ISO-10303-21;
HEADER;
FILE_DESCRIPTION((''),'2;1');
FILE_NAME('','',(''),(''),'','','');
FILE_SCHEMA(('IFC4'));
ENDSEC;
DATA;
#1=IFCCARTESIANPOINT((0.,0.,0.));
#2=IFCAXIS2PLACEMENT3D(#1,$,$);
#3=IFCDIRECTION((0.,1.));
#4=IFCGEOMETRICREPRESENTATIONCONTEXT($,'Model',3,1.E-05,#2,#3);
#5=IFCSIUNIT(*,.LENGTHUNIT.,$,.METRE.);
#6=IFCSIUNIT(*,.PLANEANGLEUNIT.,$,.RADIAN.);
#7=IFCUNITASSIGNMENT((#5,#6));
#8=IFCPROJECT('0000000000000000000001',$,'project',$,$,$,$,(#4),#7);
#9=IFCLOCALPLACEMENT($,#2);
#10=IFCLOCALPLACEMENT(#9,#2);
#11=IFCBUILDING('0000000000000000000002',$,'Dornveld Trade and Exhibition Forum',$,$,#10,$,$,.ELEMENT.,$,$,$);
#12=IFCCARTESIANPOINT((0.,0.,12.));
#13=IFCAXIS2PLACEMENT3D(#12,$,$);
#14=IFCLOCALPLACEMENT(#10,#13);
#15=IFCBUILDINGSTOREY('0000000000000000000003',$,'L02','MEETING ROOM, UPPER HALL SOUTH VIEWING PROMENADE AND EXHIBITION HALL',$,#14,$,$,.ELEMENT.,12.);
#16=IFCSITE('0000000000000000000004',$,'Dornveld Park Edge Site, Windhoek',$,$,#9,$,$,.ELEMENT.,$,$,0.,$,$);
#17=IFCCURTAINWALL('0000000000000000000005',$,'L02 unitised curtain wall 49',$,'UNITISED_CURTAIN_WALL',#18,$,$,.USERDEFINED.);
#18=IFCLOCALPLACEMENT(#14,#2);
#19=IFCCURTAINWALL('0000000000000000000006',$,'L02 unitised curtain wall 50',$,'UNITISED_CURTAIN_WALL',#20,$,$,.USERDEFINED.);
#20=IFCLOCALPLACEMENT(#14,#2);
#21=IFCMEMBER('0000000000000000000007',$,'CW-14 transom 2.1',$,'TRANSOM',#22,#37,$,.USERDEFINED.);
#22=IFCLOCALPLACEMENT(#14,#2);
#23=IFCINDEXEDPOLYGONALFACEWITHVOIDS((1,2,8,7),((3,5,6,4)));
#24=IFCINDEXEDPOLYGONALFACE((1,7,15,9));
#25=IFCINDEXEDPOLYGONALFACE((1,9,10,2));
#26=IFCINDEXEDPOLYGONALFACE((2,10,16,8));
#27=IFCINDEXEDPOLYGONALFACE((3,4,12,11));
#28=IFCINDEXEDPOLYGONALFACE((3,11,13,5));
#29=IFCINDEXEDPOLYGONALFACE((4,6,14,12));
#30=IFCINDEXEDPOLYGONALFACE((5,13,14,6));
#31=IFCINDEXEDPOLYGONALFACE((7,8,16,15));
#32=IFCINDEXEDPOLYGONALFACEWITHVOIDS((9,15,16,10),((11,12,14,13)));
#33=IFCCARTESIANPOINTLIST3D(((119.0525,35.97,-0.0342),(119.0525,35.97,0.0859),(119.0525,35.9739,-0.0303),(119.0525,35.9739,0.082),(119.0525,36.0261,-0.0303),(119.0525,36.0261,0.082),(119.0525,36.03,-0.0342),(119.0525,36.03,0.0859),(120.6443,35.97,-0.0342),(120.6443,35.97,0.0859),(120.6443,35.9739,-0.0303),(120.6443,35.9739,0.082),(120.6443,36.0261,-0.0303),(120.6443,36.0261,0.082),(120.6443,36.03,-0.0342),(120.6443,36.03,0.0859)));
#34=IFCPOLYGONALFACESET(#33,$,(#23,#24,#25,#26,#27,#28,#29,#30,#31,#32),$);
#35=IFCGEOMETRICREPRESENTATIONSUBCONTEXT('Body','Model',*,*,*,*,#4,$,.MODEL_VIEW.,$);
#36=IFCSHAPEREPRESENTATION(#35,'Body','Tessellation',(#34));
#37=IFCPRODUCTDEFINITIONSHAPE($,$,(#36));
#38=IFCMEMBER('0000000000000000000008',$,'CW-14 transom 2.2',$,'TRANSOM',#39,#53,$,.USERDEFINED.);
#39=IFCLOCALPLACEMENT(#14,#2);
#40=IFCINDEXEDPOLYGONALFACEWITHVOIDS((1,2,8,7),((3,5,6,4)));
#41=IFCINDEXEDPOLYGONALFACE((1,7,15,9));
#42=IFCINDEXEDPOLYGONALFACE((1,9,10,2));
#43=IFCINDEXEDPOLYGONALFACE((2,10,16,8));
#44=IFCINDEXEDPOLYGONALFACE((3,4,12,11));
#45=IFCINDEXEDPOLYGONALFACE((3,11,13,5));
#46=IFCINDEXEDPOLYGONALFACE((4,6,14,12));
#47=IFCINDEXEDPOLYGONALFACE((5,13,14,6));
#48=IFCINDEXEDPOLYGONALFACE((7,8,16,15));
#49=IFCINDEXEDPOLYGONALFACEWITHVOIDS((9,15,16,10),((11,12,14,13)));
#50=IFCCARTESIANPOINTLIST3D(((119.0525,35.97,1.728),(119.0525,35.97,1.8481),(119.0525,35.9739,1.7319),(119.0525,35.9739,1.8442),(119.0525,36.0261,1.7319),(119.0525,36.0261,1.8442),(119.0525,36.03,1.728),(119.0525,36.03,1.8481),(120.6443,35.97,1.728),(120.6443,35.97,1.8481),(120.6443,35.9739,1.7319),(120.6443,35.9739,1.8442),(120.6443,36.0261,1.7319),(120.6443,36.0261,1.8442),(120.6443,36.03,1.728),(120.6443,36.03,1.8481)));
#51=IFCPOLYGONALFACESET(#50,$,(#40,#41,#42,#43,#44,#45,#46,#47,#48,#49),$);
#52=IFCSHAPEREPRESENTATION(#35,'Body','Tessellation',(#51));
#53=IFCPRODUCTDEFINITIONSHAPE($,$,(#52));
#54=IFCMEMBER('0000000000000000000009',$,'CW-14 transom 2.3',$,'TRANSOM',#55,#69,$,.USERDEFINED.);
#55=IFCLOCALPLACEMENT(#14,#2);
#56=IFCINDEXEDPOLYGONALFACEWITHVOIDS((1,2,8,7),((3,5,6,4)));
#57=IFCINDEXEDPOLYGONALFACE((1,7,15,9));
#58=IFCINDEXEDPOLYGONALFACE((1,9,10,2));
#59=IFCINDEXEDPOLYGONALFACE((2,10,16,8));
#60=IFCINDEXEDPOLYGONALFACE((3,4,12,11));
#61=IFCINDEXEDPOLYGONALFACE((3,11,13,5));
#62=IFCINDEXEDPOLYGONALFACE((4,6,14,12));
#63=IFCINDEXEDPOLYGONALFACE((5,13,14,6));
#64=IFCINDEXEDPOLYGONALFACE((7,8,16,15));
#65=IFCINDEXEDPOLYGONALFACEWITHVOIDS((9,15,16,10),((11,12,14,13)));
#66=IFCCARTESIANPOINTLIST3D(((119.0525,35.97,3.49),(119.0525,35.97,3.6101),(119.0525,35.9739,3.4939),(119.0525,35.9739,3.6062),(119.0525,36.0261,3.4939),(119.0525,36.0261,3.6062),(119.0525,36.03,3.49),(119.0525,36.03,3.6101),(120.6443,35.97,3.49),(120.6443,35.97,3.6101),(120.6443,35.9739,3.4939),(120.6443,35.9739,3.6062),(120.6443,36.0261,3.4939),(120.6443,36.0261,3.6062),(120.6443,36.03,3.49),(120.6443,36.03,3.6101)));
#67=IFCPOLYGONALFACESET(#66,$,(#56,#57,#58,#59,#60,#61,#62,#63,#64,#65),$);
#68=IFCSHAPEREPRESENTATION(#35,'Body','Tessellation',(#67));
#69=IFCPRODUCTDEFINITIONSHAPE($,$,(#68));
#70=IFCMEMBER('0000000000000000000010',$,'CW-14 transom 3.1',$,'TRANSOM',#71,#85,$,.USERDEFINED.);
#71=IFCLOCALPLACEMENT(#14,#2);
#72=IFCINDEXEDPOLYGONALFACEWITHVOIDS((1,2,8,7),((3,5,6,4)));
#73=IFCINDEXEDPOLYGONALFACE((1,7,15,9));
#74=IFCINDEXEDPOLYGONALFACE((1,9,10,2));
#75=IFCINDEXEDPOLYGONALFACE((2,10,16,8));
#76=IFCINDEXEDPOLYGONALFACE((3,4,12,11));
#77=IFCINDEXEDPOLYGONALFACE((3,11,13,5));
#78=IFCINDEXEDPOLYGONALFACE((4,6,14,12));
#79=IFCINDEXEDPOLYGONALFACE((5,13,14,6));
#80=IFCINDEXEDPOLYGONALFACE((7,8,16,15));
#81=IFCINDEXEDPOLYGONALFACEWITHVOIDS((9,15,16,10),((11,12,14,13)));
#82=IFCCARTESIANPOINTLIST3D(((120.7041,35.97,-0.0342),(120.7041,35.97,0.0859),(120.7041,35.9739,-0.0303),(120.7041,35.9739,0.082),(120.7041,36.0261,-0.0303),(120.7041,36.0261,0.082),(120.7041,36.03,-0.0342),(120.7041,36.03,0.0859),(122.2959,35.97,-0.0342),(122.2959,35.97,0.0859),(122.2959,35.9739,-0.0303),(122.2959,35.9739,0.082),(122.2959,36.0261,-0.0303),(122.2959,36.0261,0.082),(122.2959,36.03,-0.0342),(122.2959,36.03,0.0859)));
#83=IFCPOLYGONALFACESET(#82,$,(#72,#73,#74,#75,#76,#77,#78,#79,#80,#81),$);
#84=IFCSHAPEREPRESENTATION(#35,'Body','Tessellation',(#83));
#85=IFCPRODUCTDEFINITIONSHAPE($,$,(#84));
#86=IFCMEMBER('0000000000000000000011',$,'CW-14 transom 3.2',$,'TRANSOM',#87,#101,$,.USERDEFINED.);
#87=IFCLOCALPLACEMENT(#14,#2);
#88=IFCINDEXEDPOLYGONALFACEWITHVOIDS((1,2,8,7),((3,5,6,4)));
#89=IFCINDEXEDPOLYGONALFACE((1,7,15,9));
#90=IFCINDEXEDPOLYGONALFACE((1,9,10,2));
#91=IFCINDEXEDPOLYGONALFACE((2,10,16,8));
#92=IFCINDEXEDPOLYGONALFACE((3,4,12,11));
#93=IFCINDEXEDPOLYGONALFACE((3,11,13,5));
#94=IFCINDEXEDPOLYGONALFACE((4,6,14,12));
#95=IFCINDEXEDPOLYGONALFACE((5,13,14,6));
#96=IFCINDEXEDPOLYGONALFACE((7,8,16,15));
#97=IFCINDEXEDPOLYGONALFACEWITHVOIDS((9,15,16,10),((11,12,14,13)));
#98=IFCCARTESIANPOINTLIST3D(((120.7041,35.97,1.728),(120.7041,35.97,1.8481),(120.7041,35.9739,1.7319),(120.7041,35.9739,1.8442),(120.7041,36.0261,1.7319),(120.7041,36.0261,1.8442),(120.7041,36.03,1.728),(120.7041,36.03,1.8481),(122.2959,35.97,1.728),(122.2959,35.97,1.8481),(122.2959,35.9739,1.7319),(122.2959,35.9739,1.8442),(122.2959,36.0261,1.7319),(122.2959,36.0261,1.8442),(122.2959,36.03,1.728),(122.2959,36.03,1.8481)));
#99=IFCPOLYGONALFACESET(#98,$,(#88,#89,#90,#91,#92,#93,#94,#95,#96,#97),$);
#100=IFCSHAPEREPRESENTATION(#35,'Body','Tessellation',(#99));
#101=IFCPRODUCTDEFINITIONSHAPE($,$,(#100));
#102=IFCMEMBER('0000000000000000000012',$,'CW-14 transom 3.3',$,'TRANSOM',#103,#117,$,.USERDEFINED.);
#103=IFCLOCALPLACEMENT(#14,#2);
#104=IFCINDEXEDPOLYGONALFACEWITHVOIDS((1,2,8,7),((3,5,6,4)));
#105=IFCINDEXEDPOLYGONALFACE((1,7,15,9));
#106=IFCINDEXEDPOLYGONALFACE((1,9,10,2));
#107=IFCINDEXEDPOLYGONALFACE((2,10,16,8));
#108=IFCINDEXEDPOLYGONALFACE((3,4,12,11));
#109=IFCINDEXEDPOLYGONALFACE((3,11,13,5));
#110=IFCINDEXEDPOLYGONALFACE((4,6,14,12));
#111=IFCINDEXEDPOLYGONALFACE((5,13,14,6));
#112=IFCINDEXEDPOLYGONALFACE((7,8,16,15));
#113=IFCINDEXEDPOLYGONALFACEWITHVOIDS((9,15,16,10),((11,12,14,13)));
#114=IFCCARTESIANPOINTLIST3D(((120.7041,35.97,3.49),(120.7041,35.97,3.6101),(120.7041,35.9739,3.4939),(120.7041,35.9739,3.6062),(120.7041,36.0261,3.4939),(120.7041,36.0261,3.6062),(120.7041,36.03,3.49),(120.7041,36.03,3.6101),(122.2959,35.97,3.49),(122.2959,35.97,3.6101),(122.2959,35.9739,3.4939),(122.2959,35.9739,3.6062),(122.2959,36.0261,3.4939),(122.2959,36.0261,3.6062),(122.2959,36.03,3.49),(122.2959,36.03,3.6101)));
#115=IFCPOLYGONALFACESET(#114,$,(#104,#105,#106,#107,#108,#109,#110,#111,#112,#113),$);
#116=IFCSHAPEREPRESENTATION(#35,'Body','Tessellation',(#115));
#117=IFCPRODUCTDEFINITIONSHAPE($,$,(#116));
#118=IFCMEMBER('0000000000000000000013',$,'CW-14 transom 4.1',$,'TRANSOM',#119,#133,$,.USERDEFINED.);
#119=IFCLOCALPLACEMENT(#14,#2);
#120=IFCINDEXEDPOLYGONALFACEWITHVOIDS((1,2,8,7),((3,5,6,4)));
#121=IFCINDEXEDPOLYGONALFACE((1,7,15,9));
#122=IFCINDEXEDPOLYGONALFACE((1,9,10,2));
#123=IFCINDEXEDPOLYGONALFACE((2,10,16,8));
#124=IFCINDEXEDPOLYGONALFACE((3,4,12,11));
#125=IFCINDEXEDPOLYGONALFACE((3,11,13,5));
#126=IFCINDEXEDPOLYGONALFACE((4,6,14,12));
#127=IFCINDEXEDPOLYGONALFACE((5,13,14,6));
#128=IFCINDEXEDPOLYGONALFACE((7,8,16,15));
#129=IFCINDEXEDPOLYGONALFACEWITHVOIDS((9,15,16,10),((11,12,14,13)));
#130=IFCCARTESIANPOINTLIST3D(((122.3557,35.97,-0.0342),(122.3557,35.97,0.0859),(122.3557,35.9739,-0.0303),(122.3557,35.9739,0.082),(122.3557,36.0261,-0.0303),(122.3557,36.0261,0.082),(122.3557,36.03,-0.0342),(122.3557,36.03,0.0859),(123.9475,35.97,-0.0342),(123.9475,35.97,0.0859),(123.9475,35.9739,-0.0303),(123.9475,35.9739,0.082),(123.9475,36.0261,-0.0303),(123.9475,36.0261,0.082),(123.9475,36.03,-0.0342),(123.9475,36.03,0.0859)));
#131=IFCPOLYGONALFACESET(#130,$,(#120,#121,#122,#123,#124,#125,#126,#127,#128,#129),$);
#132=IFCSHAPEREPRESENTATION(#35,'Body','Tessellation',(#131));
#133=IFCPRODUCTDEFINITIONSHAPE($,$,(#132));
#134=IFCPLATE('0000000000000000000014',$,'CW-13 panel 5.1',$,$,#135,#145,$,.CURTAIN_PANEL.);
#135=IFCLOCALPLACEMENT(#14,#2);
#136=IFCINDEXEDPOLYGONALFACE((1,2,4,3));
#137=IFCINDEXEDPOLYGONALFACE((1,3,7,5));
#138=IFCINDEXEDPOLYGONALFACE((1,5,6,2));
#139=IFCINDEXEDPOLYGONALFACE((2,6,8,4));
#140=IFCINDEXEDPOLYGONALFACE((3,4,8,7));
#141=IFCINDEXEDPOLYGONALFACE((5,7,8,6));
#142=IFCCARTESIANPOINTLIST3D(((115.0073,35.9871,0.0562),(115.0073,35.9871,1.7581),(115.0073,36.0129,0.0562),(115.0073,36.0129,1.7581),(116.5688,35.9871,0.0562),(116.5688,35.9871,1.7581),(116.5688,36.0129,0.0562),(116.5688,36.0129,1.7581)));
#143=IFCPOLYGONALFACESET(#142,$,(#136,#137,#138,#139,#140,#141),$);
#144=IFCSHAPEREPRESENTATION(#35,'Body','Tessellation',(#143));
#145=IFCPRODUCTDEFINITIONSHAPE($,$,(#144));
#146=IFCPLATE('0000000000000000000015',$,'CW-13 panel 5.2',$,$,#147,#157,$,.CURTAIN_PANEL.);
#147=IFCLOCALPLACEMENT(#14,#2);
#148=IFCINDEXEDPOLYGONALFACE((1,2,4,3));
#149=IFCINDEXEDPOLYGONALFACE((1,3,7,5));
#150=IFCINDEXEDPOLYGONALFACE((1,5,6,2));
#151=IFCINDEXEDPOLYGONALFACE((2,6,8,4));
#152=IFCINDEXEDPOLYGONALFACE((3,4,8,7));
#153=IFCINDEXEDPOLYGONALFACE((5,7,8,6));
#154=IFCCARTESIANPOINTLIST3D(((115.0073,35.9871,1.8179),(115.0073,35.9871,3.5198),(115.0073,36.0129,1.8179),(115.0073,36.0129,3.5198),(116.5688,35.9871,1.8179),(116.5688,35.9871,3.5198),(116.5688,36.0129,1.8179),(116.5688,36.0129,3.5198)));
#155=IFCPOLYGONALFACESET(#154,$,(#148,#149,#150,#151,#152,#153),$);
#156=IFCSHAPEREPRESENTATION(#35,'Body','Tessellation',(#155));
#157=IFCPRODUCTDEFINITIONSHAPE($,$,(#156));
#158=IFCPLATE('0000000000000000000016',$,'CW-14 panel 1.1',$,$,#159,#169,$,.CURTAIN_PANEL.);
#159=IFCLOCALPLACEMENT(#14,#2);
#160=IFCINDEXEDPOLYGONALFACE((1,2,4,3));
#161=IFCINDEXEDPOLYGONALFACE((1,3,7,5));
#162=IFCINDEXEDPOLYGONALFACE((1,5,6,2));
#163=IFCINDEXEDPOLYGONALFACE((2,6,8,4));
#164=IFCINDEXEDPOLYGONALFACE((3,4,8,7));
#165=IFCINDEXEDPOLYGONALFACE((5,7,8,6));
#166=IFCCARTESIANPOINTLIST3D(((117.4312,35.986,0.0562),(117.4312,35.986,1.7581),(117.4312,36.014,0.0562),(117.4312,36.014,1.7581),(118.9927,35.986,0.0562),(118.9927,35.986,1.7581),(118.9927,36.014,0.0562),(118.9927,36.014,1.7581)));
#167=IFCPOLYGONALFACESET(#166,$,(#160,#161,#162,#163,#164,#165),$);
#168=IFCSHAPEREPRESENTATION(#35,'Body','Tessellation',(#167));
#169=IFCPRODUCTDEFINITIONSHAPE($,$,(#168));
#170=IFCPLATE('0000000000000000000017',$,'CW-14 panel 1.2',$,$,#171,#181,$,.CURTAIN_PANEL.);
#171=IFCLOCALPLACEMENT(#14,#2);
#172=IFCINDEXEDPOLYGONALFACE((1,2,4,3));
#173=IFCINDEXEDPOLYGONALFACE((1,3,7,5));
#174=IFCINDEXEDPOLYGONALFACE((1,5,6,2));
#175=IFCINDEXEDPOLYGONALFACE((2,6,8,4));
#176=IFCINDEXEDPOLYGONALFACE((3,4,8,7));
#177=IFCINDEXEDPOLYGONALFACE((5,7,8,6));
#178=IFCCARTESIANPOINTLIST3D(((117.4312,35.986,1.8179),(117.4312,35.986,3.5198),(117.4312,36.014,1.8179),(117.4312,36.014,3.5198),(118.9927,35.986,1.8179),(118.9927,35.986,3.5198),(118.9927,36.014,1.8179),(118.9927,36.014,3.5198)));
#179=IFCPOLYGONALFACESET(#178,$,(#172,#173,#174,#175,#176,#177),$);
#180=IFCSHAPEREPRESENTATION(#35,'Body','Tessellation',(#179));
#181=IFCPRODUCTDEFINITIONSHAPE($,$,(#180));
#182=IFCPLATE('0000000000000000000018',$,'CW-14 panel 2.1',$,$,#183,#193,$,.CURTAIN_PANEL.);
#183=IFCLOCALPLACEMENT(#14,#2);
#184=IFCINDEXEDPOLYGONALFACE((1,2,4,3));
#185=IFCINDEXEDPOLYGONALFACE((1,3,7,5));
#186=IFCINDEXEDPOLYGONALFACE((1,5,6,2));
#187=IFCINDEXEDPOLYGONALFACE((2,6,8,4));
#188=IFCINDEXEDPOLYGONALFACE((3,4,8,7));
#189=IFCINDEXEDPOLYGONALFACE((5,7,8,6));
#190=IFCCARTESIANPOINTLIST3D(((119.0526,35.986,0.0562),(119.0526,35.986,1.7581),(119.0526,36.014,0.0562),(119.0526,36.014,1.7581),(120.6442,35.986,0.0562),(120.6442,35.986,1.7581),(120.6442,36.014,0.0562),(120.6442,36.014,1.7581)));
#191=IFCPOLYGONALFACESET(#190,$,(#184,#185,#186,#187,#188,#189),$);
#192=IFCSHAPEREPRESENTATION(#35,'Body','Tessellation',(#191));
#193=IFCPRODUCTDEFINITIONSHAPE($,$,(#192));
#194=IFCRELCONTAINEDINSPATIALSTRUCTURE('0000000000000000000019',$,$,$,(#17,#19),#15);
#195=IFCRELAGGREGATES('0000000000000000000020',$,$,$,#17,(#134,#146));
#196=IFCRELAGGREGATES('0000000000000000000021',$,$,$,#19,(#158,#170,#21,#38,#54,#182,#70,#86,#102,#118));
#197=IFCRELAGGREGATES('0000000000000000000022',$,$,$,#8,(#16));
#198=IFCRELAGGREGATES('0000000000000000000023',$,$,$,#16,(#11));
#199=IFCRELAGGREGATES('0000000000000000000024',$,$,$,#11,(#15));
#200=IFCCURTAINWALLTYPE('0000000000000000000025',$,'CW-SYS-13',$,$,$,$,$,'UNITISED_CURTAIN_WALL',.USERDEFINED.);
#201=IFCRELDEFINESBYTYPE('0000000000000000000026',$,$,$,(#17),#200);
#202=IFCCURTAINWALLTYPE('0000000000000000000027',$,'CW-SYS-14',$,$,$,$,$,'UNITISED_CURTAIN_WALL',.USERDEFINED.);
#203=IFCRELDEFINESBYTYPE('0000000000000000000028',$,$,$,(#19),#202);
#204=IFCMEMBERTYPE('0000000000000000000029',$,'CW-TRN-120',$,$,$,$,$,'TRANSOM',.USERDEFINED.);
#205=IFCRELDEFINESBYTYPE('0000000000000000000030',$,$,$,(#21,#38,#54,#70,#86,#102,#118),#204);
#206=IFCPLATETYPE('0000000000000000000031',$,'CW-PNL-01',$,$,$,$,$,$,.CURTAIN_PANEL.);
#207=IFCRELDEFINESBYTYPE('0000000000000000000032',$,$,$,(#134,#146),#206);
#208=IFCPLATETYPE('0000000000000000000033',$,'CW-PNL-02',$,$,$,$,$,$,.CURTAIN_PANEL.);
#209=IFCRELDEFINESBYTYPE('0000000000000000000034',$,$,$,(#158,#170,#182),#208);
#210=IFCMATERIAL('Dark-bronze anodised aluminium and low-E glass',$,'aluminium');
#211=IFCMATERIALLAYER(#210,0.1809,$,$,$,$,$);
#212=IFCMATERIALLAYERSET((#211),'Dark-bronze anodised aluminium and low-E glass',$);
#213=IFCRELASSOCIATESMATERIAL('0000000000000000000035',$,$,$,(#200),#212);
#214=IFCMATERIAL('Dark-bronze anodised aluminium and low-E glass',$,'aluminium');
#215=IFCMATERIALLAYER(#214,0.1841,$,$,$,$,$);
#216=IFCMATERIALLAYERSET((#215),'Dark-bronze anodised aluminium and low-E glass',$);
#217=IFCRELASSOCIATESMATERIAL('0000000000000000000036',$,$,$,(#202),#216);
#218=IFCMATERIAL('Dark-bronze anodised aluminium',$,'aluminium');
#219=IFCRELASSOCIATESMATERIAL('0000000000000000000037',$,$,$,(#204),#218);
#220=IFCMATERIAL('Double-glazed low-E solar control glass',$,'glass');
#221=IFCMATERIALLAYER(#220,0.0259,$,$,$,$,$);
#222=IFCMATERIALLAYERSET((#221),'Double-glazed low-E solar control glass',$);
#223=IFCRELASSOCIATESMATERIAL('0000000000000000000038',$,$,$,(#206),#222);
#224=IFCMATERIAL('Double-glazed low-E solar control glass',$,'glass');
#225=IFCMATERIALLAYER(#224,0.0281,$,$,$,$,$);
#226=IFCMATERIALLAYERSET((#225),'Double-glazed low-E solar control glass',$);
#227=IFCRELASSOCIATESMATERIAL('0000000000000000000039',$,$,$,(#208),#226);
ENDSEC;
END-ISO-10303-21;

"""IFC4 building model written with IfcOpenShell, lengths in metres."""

from ifc_helpers import new_model, si_unit, direction, frame, origin, origin_2d, place, context, subcontext, project, spatial, rectangle, hollow_rectangle, extrude, material, layer, layer_set, material_profile, profile_set, type_object, element, aggregate, save


model = new_model("IFC4")

# Units and contexts
model_context = context("Model", 3, precision=1e-05, world=origin(), true_north=direction((0.0, 1.0)))
body_context = subcontext(model_context, "Body", "Model", "MODEL_VIEW")
ifc_project = project(units=[si_unit("LENGTHUNIT", "METRE"), si_unit("PLANEANGLEUNIT", "RADIAN")], contexts=[model_context])

# Site, building, storey
site_placement = place(None, origin())
site = spatial("IfcSite", under=ifc_project, at=site_placement, Name="Dornveld Park Edge Site, Windhoek", CompositionType="ELEMENT", RefElevation=0.0)
building_placement = place(site_placement, origin())
building = spatial("IfcBuilding", under=site, at=building_placement, Name="Dornveld Trade and Exhibition Forum", CompositionType="ELEMENT")
storey_placement = place(building_placement, frame((0.0, 0.0, 12.0)))
storey = spatial("IfcBuildingStorey", under=building, at=storey_placement, Name="L02", Description="MEETING ROOM, UPPER HALL SOUTH VIEWING PROMENADE AND EXHIBITION HALL", CompositionType="ELEMENT", Elevation=12.0)

# Curtain wall
ifc_material_1 = material(Name="Dark-bronze anodised aluminium and low-E glass", Category="aluminium")
ifc_layer_1 = layer(ifc_material_1, 0.1809)
ifc_layer_set_1 = layer_set([ifc_layer_1], Name="Dark-bronze anodised aluminium and low-E glass")
curtain_wall_type_1 = type_object("IfcCurtainWallType", Name="CW-SYS-13", ElementType="UNITISED_CURTAIN_WALL", PredefinedType="USERDEFINED", material=ifc_layer_set_1)
curtain_wall_1_placement = place(storey_placement, origin())
curtain_wall_1 = element("IfcCurtainWall", 1, at=curtain_wall_1_placement, inside=storey, type_object=curtain_wall_type_1, Name="L02 unitised curtain wall 49", ObjectType="UNITISED_CURTAIN_WALL", PredefinedType="USERDEFINED")

# Curtain wall
ifc_material_2 = material(Name="Dark-bronze anodised aluminium and low-E glass", Category="aluminium")
ifc_layer_2 = layer(ifc_material_2, 0.1841)
ifc_layer_set_2 = layer_set([ifc_layer_2], Name="Dark-bronze anodised aluminium and low-E glass")
curtain_wall_type_2 = type_object("IfcCurtainWallType", Name="CW-SYS-14", ElementType="UNITISED_CURTAIN_WALL", PredefinedType="USERDEFINED", material=ifc_layer_set_2)
curtain_wall_2_placement = place(storey_placement, origin())
curtain_wall_2 = element("IfcCurtainWall", 2, at=curtain_wall_2_placement, inside=storey, type_object=curtain_wall_type_2, Name="L02 unitised curtain wall 50", ObjectType="UNITISED_CURTAIN_WALL", PredefinedType="USERDEFINED")

# Members
ifc_material_3 = material(Name="Dark-bronze anodised aluminium", Category="aluminium")
ifc_material_profile_1 = material_profile(ifc_material_3, hollow_rectangle(XDim=0.0601, YDim=0.1201, WallThickness=0.0039, at=origin_2d()), Name="RHS 120x60x4")
ifc_profile_set_1 = profile_set([ifc_material_profile_1], Name="Dark-bronze anodised aluminium")
member_type_1 = type_object("IfcMemberType", Name="CW-TRN-120", ElementType="TRANSOM", PredefinedType="USERDEFINED", material=ifc_profile_set_1)
member_1_placement = place(storey_placement, frame((119.0525, 36.0, 0.0259), z_axis=(1.0, 0.0, 0.0), x_axis=(0.0, 1.0, 0.0)))
member_1 = element("IfcMember", 3, at=member_1_placement, type_object=member_type_1, Name="CW-14 transom 2.1", ObjectType="TRANSOM", PredefinedType="USERDEFINED", context=body_context, shape_type="SweptSolid", body=[
    extrude(hollow_rectangle(XDim=0.0601, YDim=0.1201, WallThickness=0.0039, at=origin_2d()), origin(), (0.0, 0.0, 1.0), 1.5918),
])
member_2_placement = place(storey_placement, frame((119.0525, 36.0, 1.7881), z_axis=(1.0, 0.0, 0.0), x_axis=(0.0, 1.0, 0.0)))
member_2 = element("IfcMember", 4, at=member_2_placement, type_object=member_type_1, Name="CW-14 transom 2.2", ObjectType="TRANSOM", PredefinedType="USERDEFINED", context=body_context, shape_type="SweptSolid", body=[
    extrude(hollow_rectangle(XDim=0.0601, YDim=0.1201, WallThickness=0.0039, at=origin_2d()), origin(), (0.0, 0.0, 1.0), 1.5918),
])
member_3_placement = place(storey_placement, frame((119.0525, 36.0, 3.55), z_axis=(1.0, 0.0, 0.0), x_axis=(0.0, 1.0, 0.0)))
member_3 = element("IfcMember", 5, at=member_3_placement, type_object=member_type_1, Name="CW-14 transom 2.3", ObjectType="TRANSOM", PredefinedType="USERDEFINED", context=body_context, shape_type="SweptSolid", body=[
    extrude(hollow_rectangle(XDim=0.0601, YDim=0.1201, WallThickness=0.0039, at=origin_2d()), origin(), (0.0, 0.0, 1.0), 1.5918),
])
member_4_placement = place(storey_placement, frame((120.7041, 36.0, 0.0259), z_axis=(1.0, 0.0, 0.0), x_axis=(0.0, 1.0, 0.0)))
member_4 = element("IfcMember", 6, at=member_4_placement, type_object=member_type_1, Name="CW-14 transom 3.1", ObjectType="TRANSOM", PredefinedType="USERDEFINED", context=body_context, shape_type="SweptSolid", body=[
    extrude(hollow_rectangle(XDim=0.0601, YDim=0.1201, WallThickness=0.0039, at=origin_2d()), origin(), (0.0, 0.0, 1.0), 1.5918),
])
member_5_placement = place(storey_placement, frame((120.7041, 36.0, 1.7881), z_axis=(1.0, 0.0, 0.0), x_axis=(0.0, 1.0, 0.0)))
member_5 = element("IfcMember", 7, at=member_5_placement, type_object=member_type_1, Name="CW-14 transom 3.2", ObjectType="TRANSOM", PredefinedType="USERDEFINED", context=body_context, shape_type="SweptSolid", body=[
    extrude(hollow_rectangle(XDim=0.0601, YDim=0.1201, WallThickness=0.0039, at=origin_2d()), origin(), (0.0, 0.0, 1.0), 1.5918),
])
member_6_placement = place(storey_placement, frame((120.7041, 36.0, 3.55), z_axis=(1.0, 0.0, 0.0), x_axis=(0.0, 1.0, 0.0)))
member_6 = element("IfcMember", 8, at=member_6_placement, type_object=member_type_1, Name="CW-14 transom 3.3", ObjectType="TRANSOM", PredefinedType="USERDEFINED", context=body_context, shape_type="SweptSolid", body=[
    extrude(hollow_rectangle(XDim=0.0601, YDim=0.1201, WallThickness=0.0039, at=origin_2d()), origin(), (0.0, 0.0, 1.0), 1.5918),
])
member_7_placement = place(storey_placement, frame((122.3557, 36.0, 0.0259), z_axis=(1.0, 0.0, 0.0), x_axis=(0.0, 1.0, 0.0)))
member_7 = element("IfcMember", 9, at=member_7_placement, type_object=member_type_1, Name="CW-14 transom 4.1", ObjectType="TRANSOM", PredefinedType="USERDEFINED", context=body_context, shape_type="SweptSolid", body=[
    extrude(hollow_rectangle(XDim=0.0601, YDim=0.1201, WallThickness=0.0039, at=origin_2d()), origin(), (0.0, 0.0, 1.0), 1.5918),
])

# Plates
ifc_material_4 = material(Name="Double-glazed low-E solar control glass", Category="glass")
ifc_layer_3 = layer(ifc_material_4, 0.0259)
ifc_layer_set_3 = layer_set([ifc_layer_3], Name="Double-glazed low-E solar control glass")
plate_type_1 = type_object("IfcPlateType", Name="CW-PNL-01", PredefinedType="CURTAIN_PANEL", material=ifc_layer_set_3)
plate_1_placement = place(storey_placement, frame((115.7881, 36.0, 0.0562), z_axis=(0.0, 0.0, 1.0), x_axis=(1.0, 0.0, 0.0)))
plate_1 = element("IfcPlate", 10, at=plate_1_placement, type_object=plate_type_1, Name="CW-13 panel 5.1", PredefinedType="CURTAIN_PANEL", context=body_context, shape_type="SweptSolid", body=[
    extrude(rectangle(XDim=1.5615, YDim=0.0259, at=origin_2d()), origin(), (0.0, 0.0, 1.0), 1.7019),
])
plate_2_placement = place(storey_placement, frame((115.7881, 36.0, 1.8179), z_axis=(0.0, 0.0, 1.0), x_axis=(1.0, 0.0, 0.0)))
plate_2 = element("IfcPlate", 11, at=plate_2_placement, type_object=plate_type_1, Name="CW-13 panel 5.2", PredefinedType="CURTAIN_PANEL", context=body_context, shape_type="SweptSolid", body=[
    extrude(rectangle(XDim=1.5615, YDim=0.0259, at=origin_2d()), origin(), (0.0, 0.0, 1.0), 1.7019),
])
aggregate(curtain_wall_1, [plate_1, plate_2])
ifc_material_5 = material(Name="Double-glazed low-E solar control glass", Category="glass")
ifc_layer_4 = layer(ifc_material_5, 0.0281)
ifc_layer_set_4 = layer_set([ifc_layer_4], Name="Double-glazed low-E solar control glass")
plate_type_2 = type_object("IfcPlateType", Name="CW-PNL-02", PredefinedType="CURTAIN_PANEL", material=ifc_layer_set_4)
plate_3_placement = place(storey_placement, frame((118.2119, 36.0, 0.0562), z_axis=(0.0, 0.0, 1.0), x_axis=(1.0, 0.0, 0.0)))
plate_3 = element("IfcPlate", 12, at=plate_3_placement, type_object=plate_type_2, Name="CW-14 panel 1.1", PredefinedType="CURTAIN_PANEL", context=body_context, shape_type="SweptSolid", body=[
    extrude(rectangle(XDim=1.5615, YDim=0.0281, at=origin_2d()), origin(), (0.0, 0.0, 1.0), 1.7019),
])
plate_4_placement = place(storey_placement, frame((118.2119, 36.0, 1.8179), z_axis=(0.0, 0.0, 1.0), x_axis=(1.0, 0.0, 0.0)))
plate_4 = element("IfcPlate", 13, at=plate_4_placement, type_object=plate_type_2, Name="CW-14 panel 1.2", PredefinedType="CURTAIN_PANEL", context=body_context, shape_type="SweptSolid", body=[
    extrude(rectangle(XDim=1.5615, YDim=0.0281, at=origin_2d()), origin(), (0.0, 0.0, 1.0), 1.7019),
])
plate_5_placement = place(storey_placement, frame((119.8484, 36.0, 0.0562), z_axis=(0.0, 0.0, 1.0), x_axis=(1.0, 0.0, 0.0)))
plate_5 = element("IfcPlate", 14, at=plate_5_placement, type_object=plate_type_2, Name="CW-14 panel 2.1", PredefinedType="CURTAIN_PANEL", context=body_context, shape_type="SweptSolid", body=[
    extrude(rectangle(XDim=1.5916, YDim=0.0281, at=origin_2d()), origin(), (0.0, 0.0, 1.0), 1.7019),
])
aggregate(curtain_wall_2, [plate_3, plate_4, member_1, member_2, member_3, plate_5, member_4, member_5, member_6, member_7])

save(model, "model.ifc")
